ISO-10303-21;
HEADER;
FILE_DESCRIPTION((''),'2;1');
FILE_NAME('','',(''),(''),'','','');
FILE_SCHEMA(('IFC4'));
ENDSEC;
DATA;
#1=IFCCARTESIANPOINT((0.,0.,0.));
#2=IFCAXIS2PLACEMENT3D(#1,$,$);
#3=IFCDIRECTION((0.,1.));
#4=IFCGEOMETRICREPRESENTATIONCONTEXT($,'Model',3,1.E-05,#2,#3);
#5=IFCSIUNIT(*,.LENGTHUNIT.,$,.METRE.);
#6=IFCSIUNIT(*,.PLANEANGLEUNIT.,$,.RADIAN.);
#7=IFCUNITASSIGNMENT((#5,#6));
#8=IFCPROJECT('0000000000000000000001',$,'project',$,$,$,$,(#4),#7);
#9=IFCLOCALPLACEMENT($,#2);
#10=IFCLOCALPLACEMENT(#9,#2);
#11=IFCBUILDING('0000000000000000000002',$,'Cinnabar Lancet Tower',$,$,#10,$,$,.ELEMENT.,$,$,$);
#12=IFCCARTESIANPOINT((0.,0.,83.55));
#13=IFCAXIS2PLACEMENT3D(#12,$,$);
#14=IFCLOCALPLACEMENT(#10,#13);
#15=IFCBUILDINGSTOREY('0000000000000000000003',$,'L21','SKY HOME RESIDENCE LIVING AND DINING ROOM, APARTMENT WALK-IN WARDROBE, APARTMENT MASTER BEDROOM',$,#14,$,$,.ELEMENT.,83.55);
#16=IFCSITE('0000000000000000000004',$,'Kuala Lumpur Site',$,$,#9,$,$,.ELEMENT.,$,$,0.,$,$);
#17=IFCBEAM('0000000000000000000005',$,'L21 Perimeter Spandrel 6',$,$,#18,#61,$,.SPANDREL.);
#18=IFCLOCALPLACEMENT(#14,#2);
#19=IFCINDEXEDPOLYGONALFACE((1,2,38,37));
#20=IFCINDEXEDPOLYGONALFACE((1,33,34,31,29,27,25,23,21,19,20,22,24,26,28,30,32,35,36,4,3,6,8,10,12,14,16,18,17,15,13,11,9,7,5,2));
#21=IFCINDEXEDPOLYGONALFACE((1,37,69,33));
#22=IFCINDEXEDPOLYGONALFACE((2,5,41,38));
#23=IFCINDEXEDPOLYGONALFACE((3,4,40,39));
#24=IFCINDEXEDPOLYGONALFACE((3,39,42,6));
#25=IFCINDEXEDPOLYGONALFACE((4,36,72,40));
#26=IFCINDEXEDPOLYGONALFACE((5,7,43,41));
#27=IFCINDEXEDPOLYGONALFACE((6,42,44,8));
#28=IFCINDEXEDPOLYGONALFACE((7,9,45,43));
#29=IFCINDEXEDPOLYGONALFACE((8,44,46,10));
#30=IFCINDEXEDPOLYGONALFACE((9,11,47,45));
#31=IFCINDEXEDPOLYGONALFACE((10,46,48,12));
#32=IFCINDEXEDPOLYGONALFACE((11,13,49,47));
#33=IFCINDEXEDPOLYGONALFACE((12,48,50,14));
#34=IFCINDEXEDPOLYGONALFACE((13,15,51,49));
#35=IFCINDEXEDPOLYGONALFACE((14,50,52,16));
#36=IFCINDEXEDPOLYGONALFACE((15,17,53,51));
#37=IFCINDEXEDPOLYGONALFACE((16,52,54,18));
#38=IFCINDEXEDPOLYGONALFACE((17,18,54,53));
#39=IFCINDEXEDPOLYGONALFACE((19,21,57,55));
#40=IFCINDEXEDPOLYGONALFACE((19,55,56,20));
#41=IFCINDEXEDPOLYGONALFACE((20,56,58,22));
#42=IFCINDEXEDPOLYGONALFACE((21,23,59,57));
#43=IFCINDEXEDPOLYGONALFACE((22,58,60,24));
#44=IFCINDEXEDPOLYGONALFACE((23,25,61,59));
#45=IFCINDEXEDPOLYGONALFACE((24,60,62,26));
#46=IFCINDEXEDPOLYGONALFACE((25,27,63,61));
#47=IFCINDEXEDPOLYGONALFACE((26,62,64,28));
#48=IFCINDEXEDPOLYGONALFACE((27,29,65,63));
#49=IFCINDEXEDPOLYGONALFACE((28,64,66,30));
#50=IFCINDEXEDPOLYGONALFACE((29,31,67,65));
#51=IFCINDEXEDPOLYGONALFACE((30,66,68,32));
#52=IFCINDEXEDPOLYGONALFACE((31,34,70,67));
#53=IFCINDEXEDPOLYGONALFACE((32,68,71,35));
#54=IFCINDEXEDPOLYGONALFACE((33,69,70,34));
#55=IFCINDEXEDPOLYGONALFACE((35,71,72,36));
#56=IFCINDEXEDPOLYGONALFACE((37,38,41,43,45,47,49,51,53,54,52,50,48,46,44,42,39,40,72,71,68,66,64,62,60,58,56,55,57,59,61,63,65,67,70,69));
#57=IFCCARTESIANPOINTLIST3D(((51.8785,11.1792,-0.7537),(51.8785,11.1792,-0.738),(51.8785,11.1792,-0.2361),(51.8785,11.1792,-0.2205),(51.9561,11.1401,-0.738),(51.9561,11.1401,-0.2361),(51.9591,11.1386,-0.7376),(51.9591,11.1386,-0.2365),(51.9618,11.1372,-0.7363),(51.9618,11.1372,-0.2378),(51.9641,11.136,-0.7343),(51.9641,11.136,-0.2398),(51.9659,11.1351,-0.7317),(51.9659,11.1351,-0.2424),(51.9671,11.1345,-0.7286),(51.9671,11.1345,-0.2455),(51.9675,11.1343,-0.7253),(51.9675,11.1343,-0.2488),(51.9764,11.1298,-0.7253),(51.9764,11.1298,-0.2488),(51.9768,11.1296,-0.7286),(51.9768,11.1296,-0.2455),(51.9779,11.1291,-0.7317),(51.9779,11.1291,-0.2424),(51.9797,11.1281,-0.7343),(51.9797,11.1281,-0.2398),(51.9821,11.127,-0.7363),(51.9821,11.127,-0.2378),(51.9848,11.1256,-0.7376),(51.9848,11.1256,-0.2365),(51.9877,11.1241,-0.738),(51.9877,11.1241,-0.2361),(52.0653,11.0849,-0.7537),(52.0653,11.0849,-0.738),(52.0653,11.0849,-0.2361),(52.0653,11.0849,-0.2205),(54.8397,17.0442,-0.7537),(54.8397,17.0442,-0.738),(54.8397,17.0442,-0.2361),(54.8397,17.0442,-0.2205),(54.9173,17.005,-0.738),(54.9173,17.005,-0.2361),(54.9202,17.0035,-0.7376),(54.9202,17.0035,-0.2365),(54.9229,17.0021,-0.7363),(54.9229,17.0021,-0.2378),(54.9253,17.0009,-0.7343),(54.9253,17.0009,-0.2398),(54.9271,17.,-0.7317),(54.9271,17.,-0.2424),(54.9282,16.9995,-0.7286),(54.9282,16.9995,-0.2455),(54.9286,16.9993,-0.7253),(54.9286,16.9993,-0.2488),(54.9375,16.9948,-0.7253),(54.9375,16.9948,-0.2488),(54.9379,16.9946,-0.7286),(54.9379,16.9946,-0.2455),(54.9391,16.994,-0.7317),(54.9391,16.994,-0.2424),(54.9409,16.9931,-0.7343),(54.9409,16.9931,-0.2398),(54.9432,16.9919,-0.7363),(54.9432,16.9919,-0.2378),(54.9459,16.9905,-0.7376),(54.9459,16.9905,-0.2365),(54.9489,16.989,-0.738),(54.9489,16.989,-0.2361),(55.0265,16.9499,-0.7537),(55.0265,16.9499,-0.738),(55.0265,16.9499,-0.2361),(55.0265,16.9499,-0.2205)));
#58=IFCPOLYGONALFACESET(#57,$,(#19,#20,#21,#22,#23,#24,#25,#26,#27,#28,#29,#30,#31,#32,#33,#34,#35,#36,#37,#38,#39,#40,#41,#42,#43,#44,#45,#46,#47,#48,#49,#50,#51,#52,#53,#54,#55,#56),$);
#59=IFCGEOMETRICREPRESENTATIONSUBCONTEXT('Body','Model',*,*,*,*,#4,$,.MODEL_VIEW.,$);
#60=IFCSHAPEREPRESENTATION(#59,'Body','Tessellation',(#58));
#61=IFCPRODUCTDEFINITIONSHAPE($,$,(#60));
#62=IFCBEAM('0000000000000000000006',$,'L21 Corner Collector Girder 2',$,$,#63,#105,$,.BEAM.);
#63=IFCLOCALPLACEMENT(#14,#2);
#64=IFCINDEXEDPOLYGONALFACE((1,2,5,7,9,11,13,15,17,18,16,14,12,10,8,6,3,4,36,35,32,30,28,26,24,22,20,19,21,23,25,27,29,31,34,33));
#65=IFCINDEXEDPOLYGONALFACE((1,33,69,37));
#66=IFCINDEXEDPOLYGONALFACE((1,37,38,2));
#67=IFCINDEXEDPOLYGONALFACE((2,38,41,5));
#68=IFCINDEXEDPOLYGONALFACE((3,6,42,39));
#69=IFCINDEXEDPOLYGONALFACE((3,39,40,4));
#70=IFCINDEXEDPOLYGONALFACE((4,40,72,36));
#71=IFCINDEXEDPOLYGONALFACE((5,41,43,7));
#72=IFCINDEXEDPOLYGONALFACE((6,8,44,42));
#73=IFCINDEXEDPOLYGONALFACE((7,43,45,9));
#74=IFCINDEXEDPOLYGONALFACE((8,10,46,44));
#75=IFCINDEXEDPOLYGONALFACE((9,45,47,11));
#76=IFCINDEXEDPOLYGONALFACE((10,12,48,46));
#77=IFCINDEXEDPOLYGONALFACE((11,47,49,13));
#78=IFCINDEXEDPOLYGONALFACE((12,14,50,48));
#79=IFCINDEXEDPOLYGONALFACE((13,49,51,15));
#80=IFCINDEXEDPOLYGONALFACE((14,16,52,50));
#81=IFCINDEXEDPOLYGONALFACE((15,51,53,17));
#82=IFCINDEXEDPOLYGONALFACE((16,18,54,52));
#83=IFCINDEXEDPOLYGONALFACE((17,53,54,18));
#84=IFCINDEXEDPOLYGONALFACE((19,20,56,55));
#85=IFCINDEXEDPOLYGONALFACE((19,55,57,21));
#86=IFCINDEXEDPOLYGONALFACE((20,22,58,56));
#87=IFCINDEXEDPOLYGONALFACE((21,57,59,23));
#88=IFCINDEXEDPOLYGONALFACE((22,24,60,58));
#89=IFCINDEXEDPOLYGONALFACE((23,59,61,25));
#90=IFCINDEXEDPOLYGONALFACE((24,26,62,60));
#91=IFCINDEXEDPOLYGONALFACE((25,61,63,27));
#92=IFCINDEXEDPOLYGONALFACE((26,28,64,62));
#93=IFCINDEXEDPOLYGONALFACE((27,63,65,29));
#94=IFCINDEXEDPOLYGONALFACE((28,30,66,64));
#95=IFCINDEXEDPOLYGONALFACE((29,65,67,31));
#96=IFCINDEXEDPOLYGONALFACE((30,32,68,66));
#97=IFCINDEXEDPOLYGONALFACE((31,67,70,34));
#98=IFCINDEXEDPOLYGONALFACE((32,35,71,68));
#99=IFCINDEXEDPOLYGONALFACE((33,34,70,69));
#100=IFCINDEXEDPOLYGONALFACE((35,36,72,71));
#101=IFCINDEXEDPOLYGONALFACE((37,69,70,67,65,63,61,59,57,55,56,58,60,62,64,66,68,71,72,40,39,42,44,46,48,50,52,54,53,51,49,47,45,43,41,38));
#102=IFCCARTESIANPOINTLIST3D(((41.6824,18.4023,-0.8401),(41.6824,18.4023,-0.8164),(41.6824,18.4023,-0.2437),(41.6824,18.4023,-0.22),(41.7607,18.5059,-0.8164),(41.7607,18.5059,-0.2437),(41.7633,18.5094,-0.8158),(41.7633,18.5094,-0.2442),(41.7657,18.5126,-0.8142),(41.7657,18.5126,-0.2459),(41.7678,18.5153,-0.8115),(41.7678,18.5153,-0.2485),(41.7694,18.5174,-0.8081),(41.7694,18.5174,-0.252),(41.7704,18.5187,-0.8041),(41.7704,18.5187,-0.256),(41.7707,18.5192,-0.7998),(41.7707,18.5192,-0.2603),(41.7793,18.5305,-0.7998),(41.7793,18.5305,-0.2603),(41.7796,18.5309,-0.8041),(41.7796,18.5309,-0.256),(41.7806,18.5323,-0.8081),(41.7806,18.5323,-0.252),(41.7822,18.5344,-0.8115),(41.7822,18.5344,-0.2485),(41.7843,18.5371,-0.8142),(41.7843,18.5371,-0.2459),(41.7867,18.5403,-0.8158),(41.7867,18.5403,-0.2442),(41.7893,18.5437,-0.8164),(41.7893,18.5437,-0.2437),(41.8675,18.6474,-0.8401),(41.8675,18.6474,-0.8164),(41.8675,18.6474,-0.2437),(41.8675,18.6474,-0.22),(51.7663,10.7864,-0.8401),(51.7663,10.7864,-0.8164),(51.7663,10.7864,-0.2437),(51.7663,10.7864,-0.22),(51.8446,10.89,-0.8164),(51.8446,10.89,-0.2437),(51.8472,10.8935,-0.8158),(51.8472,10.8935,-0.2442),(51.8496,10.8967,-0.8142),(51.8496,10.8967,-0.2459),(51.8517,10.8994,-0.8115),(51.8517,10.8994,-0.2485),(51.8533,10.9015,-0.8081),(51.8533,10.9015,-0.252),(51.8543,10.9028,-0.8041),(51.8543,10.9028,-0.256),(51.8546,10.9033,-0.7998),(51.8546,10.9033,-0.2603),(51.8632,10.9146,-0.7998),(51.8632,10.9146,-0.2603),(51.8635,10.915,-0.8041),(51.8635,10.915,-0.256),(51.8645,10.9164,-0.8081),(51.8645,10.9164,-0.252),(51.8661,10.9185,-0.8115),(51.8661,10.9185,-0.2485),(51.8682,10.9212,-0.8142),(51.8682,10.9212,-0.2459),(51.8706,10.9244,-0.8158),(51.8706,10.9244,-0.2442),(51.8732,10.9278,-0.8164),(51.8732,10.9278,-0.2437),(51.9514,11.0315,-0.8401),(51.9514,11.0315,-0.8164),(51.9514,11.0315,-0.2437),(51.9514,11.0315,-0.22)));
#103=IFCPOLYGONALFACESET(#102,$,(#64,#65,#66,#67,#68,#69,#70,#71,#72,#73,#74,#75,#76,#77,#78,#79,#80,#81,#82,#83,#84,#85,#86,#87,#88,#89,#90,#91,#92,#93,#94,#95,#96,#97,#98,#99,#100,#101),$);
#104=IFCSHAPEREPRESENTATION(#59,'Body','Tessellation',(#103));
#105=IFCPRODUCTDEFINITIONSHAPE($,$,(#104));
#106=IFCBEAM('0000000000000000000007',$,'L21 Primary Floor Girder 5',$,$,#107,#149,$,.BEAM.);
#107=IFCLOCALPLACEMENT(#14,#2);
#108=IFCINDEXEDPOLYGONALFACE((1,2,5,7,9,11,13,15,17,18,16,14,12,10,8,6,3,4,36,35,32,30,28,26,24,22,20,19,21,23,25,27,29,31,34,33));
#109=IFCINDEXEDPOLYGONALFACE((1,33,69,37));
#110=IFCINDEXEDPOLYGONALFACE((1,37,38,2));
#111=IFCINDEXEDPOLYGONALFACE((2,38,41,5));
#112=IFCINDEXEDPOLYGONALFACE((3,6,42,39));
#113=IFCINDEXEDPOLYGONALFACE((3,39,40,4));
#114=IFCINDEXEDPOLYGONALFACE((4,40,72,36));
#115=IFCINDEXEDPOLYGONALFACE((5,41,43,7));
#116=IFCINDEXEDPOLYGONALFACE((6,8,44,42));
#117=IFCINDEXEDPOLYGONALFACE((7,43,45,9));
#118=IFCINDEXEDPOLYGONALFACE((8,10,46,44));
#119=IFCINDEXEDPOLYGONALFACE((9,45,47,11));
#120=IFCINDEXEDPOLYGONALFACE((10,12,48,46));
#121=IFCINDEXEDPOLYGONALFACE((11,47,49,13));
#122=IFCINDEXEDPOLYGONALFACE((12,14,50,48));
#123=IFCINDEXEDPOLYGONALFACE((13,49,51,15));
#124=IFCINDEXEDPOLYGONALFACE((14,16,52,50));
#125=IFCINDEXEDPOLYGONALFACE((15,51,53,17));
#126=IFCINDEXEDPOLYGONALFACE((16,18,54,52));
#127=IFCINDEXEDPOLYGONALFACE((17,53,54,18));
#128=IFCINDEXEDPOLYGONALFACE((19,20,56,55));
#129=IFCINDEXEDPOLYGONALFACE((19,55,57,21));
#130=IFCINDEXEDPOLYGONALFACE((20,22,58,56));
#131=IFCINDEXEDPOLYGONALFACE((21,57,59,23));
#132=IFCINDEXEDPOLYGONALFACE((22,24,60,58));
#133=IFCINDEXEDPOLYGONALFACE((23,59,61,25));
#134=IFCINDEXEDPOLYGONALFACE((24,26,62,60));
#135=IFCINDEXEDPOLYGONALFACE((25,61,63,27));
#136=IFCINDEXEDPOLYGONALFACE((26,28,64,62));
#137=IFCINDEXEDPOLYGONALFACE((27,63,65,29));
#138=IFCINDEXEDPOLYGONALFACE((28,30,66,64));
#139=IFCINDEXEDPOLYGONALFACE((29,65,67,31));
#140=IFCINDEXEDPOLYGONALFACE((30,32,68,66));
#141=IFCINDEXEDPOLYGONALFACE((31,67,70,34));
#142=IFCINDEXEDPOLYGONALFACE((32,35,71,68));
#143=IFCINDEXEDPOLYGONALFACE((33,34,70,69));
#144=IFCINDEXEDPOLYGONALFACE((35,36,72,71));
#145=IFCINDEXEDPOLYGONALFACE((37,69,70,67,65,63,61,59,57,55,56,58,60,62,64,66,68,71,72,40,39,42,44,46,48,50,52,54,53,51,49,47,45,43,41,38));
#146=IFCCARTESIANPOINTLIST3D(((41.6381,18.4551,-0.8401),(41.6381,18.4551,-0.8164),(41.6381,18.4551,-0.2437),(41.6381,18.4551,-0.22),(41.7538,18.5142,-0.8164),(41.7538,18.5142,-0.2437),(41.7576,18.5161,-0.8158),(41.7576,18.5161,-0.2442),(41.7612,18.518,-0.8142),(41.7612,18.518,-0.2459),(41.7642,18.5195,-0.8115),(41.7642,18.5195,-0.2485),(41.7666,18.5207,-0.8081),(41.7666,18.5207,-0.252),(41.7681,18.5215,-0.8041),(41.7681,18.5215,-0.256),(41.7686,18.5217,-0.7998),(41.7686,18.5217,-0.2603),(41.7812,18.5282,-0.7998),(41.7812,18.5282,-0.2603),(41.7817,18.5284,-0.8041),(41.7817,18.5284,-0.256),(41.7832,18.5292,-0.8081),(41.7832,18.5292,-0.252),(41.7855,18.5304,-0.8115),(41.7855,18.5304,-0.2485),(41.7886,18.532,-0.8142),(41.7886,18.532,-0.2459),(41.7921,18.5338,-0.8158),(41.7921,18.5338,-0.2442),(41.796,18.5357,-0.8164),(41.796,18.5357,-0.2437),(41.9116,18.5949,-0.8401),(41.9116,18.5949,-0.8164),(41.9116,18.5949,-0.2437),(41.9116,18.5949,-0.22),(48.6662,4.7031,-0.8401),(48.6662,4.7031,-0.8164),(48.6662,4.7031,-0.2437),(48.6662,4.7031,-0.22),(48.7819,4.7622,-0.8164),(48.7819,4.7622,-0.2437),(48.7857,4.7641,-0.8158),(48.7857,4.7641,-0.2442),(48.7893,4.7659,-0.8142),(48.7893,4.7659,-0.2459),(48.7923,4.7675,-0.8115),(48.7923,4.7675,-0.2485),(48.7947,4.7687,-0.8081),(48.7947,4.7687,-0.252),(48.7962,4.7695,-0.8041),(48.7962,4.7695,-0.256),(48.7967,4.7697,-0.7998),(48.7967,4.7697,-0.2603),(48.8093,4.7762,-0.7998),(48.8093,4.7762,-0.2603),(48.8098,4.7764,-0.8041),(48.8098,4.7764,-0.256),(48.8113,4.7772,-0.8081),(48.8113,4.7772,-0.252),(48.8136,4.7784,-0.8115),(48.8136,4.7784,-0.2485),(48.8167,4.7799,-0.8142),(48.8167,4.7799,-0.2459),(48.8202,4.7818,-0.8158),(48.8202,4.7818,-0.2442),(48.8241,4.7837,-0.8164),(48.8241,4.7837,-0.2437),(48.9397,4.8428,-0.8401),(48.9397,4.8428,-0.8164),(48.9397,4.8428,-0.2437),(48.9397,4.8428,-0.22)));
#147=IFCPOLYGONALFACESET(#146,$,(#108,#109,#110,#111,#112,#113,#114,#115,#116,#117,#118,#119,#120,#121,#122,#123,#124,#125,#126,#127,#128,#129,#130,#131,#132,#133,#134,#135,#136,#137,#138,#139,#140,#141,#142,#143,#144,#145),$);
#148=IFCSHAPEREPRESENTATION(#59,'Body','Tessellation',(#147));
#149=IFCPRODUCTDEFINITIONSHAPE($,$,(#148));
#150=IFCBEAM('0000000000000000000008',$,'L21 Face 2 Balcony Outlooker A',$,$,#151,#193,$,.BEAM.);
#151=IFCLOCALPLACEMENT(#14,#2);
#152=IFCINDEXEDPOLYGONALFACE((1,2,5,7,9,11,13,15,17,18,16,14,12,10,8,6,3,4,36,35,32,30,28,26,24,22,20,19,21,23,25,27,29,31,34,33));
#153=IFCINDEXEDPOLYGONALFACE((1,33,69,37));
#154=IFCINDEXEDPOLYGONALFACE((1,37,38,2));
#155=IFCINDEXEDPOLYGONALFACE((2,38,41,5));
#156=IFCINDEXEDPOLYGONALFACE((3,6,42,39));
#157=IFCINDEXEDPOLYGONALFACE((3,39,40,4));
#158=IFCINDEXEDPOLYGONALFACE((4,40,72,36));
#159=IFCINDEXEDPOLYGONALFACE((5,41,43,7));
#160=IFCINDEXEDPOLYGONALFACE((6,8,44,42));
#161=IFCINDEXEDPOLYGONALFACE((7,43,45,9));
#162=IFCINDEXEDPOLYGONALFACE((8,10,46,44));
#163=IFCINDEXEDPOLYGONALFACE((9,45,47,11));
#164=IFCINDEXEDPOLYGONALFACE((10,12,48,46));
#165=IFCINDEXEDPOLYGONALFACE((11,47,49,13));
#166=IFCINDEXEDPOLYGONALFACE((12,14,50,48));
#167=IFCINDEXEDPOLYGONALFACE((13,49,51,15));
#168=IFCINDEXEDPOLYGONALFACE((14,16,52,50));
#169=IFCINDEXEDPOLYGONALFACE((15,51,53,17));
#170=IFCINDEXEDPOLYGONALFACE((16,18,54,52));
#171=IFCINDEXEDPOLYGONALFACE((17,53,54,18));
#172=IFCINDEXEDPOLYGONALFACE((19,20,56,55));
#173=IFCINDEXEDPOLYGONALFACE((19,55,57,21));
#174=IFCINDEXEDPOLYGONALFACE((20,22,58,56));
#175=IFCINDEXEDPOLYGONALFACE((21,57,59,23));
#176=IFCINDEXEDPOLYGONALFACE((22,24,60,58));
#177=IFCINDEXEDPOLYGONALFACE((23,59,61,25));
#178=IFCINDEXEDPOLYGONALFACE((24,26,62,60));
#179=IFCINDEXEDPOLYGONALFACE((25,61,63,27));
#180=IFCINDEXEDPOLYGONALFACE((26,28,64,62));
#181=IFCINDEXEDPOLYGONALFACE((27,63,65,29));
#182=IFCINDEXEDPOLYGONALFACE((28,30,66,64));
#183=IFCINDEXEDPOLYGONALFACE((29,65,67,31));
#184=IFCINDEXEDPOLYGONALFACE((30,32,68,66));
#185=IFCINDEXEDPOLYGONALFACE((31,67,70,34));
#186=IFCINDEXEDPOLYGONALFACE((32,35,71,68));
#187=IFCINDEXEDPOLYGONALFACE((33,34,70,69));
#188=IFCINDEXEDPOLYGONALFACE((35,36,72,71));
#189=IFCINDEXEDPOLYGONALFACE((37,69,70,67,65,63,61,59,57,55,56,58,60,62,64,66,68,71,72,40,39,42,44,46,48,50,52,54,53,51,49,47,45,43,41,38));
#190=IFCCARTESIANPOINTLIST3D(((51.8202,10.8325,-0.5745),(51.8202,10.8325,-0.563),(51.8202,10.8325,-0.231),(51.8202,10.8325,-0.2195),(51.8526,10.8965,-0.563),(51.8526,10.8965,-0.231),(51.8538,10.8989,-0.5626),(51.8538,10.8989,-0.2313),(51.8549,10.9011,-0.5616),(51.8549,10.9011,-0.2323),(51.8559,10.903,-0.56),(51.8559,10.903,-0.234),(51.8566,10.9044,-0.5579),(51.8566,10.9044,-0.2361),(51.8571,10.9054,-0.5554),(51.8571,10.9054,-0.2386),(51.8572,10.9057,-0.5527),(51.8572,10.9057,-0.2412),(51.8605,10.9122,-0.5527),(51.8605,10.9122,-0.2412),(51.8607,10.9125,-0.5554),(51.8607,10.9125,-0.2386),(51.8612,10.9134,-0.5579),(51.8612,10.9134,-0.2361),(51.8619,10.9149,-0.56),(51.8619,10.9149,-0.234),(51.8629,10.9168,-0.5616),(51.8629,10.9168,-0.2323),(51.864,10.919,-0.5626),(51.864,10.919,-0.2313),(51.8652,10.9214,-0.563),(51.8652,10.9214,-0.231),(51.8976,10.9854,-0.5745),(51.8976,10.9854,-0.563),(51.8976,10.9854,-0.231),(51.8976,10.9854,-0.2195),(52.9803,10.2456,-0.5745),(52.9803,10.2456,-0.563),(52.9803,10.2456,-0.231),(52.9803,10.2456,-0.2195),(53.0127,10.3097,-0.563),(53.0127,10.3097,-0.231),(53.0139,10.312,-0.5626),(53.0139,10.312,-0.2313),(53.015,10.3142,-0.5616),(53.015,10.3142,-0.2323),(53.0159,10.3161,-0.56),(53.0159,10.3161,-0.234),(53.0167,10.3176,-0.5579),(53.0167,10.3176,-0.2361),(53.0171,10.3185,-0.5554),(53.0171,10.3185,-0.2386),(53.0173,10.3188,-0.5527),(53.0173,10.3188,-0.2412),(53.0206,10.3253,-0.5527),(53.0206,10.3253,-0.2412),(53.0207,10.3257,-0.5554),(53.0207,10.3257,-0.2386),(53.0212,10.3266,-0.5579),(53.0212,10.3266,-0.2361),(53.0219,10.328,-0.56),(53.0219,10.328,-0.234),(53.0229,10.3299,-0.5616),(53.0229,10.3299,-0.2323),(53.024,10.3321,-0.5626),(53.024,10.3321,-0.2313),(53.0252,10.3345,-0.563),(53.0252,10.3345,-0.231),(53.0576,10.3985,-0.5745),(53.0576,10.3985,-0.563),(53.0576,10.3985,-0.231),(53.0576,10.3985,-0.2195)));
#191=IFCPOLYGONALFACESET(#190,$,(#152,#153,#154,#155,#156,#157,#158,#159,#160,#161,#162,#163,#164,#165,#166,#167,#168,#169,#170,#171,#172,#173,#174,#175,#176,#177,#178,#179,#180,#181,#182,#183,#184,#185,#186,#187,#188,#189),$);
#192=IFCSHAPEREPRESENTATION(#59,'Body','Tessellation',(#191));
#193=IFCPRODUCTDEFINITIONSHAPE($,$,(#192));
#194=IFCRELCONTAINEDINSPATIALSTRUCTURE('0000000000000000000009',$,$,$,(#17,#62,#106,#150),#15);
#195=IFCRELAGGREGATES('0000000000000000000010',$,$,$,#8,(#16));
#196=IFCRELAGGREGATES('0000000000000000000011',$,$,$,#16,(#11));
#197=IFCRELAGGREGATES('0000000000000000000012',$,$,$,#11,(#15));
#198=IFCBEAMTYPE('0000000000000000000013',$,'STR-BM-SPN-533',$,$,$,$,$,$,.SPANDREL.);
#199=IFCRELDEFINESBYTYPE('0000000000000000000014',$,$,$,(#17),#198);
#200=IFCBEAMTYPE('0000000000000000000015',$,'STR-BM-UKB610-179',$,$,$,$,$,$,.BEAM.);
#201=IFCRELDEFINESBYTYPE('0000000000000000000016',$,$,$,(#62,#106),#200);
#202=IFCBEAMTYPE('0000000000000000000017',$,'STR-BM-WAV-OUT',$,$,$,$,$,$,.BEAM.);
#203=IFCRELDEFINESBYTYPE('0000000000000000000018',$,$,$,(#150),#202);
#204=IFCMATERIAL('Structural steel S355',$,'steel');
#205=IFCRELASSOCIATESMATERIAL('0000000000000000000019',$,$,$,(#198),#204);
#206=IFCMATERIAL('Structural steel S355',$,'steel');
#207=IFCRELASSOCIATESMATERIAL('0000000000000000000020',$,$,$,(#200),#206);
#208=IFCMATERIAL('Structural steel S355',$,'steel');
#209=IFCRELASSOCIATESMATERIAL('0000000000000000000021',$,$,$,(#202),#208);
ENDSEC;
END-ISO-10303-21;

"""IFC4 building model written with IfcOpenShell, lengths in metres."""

from ifc_helpers import new_model, si_unit, direction, frame, origin, origin_2d, place, context, subcontext, project, spatial, i_section, extrude, material, material_profile, profile_set, type_object, element, save


model = new_model("IFC4")

# Units and contexts
model_context = context("Model", 3, precision=1e-05, world=origin(), true_north=direction((0.0, 1.0)))
body_context = subcontext(model_context, "Body", "Model", "MODEL_VIEW")
ifc_project = project(units=[si_unit("LENGTHUNIT", "METRE"), si_unit("PLANEANGLEUNIT", "RADIAN")], contexts=[model_context])

# Site, building, storey
site_placement = place(None, origin())
site = spatial("IfcSite", under=ifc_project, at=site_placement, Name="Kuala Lumpur Site", CompositionType="ELEMENT", RefElevation=0.0)
building_placement = place(site_placement, origin())
building = spatial("IfcBuilding", under=site, at=building_placement, Name="Cinnabar Lancet Tower", CompositionType="ELEMENT")
storey_placement = place(building_placement, frame((0.0, 0.0, 83.55)))
storey = spatial("IfcBuildingStorey", under=building, at=storey_placement, Name="L21", Description="SKY HOME RESIDENCE LIVING AND DINING ROOM, APARTMENT WALK-IN WARDROBE, APARTMENT MASTER BEDROOM", CompositionType="ELEMENT", Elevation=83.55)

# Beams
ifc_material_1 = material(Name="Structural steel S355", Category="steel")
ifc_material_profile_1 = material_profile(ifc_material_1, i_section(OverallWidth=0.2092, OverallDepth=0.5332, WebThickness=0.01, FlangeThickness=0.0156, FilletRadius=0.0127, at=origin_2d()), Name="UKB 533x210x92")
ifc_profile_set_1 = profile_set([ifc_material_profile_1], Name="Structural steel S355")
beam_type_1 = type_object("IfcBeamType", Name="STR-BM-SPN-533", PredefinedType="SPANDREL", material=ifc_profile_set_1)
beam_1_placement = place(storey_placement, frame((51.9719, 11.1321, -0.4871), z_axis=(0.450703, 0.892674, 0.0), x_axis=(-0.892674, 0.450703, 0.0)))
element("IfcBeam", 1, at=beam_1_placement, inside=storey, type_object=beam_type_1, Name="L21 Perimeter Spandrel 6", PredefinedType="SPANDREL", context=body_context, shape_type="SweptSolid", body=[
    extrude(i_section(OverallWidth=0.2092, OverallDepth=0.5332, WebThickness=0.01, FlangeThickness=0.0156, FilletRadius=0.0127, at=origin_2d()), origin(), (0.0, 0.0, 1.0), 6.5701),
])
ifc_material_2 = material(Name="Structural steel S355", Category="steel")
ifc_material_profile_2 = material_profile(ifc_material_2, i_section(OverallWidth=0.3071, OverallDepth=0.6201, WebThickness=0.0142, FlangeThickness=0.0237, FilletRadius=0.0166, at=origin_2d()), Name="UKB 610x305x179")
ifc_profile_set_2 = profile_set([ifc_material_profile_2], Name="Structural steel S355")
beam_type_2 = type_object("IfcBeamType", Name="STR-BM-UKB610-179", PredefinedType="BEAM", material=ifc_profile_set_2)
beam_2_placement = place(storey_placement, frame((51.8589, 10.9089, -0.53), z_axis=(-0.797983, 0.60268, 0.0), x_axis=(-0.60268, -0.797983, 0.0)))
element("IfcBeam", 2, at=beam_2_placement, inside=storey, type_object=beam_type_2, Name="L21 Corner Collector Girder 2", PredefinedType="BEAM", context=body_context, shape_type="SweptSolid", body=[
    extrude(i_section(OverallWidth=0.3071, OverallDepth=0.6201, WebThickness=0.0142, FlangeThickness=0.0237, FilletRadius=0.0166, at=origin_2d()), origin(), (0.0, 0.0, 1.0), 12.6367),
])
beam_3_placement = place(storey_placement, frame((48.803, 4.7729, -0.53), z_axis=(-0.455075, 0.890453, 0.0), x_axis=(-0.890453, -0.455075, 0.0)))
element("IfcBeam", 3, at=beam_3_placement, inside=storey, type_object=beam_type_2, Name="L21 Primary Floor Girder 5", PredefinedType="BEAM", context=body_context, shape_type="SweptSolid", body=[
    extrude(i_section(OverallWidth=0.3071, OverallDepth=0.6201, WebThickness=0.0142, FlangeThickness=0.0237, FilletRadius=0.0166, at=origin_2d()), origin(), (0.0, 0.0, 1.0), 15.4438),
])
ifc_material_3 = material(Name="Structural steel S355", Category="steel")
ifc_material_profile_3 = material_profile(ifc_material_3, i_section(OverallWidth=0.1714, OverallDepth=0.355, WebThickness=0.0073, FlangeThickness=0.0115, FilletRadius=0.0103, at=origin_2d()), Name="UKB 356x171x51")
ifc_profile_set_3 = profile_set([ifc_material_profile_3], Name="Structural steel S355")
beam_type_3 = type_object("IfcBeamType", Name="STR-BM-WAV-OUT", PredefinedType="BEAM", material=ifc_profile_set_3)
beam_4_placement = place(storey_placement, frame((51.8589, 10.9089, -0.397), z_axis=(0.892314, -0.451415, 0.0), x_axis=(0.451415, 0.892314, 0.0)))
element("IfcBeam", 4, at=beam_4_placement, inside=storey, type_object=beam_type_3, Name="L21 Face 2 Balcony Outlooker A", PredefinedType="BEAM", context=body_context, shape_type="SweptSolid", body=[
    extrude(i_section(OverallWidth=0.1714, OverallDepth=0.355, WebThickness=0.0073, FlangeThickness=0.0115, FilletRadius=0.0103, at=origin_2d()), origin(), (0.0, 0.0, 1.0), 1.3),
])

save(model, "model.ifc")
